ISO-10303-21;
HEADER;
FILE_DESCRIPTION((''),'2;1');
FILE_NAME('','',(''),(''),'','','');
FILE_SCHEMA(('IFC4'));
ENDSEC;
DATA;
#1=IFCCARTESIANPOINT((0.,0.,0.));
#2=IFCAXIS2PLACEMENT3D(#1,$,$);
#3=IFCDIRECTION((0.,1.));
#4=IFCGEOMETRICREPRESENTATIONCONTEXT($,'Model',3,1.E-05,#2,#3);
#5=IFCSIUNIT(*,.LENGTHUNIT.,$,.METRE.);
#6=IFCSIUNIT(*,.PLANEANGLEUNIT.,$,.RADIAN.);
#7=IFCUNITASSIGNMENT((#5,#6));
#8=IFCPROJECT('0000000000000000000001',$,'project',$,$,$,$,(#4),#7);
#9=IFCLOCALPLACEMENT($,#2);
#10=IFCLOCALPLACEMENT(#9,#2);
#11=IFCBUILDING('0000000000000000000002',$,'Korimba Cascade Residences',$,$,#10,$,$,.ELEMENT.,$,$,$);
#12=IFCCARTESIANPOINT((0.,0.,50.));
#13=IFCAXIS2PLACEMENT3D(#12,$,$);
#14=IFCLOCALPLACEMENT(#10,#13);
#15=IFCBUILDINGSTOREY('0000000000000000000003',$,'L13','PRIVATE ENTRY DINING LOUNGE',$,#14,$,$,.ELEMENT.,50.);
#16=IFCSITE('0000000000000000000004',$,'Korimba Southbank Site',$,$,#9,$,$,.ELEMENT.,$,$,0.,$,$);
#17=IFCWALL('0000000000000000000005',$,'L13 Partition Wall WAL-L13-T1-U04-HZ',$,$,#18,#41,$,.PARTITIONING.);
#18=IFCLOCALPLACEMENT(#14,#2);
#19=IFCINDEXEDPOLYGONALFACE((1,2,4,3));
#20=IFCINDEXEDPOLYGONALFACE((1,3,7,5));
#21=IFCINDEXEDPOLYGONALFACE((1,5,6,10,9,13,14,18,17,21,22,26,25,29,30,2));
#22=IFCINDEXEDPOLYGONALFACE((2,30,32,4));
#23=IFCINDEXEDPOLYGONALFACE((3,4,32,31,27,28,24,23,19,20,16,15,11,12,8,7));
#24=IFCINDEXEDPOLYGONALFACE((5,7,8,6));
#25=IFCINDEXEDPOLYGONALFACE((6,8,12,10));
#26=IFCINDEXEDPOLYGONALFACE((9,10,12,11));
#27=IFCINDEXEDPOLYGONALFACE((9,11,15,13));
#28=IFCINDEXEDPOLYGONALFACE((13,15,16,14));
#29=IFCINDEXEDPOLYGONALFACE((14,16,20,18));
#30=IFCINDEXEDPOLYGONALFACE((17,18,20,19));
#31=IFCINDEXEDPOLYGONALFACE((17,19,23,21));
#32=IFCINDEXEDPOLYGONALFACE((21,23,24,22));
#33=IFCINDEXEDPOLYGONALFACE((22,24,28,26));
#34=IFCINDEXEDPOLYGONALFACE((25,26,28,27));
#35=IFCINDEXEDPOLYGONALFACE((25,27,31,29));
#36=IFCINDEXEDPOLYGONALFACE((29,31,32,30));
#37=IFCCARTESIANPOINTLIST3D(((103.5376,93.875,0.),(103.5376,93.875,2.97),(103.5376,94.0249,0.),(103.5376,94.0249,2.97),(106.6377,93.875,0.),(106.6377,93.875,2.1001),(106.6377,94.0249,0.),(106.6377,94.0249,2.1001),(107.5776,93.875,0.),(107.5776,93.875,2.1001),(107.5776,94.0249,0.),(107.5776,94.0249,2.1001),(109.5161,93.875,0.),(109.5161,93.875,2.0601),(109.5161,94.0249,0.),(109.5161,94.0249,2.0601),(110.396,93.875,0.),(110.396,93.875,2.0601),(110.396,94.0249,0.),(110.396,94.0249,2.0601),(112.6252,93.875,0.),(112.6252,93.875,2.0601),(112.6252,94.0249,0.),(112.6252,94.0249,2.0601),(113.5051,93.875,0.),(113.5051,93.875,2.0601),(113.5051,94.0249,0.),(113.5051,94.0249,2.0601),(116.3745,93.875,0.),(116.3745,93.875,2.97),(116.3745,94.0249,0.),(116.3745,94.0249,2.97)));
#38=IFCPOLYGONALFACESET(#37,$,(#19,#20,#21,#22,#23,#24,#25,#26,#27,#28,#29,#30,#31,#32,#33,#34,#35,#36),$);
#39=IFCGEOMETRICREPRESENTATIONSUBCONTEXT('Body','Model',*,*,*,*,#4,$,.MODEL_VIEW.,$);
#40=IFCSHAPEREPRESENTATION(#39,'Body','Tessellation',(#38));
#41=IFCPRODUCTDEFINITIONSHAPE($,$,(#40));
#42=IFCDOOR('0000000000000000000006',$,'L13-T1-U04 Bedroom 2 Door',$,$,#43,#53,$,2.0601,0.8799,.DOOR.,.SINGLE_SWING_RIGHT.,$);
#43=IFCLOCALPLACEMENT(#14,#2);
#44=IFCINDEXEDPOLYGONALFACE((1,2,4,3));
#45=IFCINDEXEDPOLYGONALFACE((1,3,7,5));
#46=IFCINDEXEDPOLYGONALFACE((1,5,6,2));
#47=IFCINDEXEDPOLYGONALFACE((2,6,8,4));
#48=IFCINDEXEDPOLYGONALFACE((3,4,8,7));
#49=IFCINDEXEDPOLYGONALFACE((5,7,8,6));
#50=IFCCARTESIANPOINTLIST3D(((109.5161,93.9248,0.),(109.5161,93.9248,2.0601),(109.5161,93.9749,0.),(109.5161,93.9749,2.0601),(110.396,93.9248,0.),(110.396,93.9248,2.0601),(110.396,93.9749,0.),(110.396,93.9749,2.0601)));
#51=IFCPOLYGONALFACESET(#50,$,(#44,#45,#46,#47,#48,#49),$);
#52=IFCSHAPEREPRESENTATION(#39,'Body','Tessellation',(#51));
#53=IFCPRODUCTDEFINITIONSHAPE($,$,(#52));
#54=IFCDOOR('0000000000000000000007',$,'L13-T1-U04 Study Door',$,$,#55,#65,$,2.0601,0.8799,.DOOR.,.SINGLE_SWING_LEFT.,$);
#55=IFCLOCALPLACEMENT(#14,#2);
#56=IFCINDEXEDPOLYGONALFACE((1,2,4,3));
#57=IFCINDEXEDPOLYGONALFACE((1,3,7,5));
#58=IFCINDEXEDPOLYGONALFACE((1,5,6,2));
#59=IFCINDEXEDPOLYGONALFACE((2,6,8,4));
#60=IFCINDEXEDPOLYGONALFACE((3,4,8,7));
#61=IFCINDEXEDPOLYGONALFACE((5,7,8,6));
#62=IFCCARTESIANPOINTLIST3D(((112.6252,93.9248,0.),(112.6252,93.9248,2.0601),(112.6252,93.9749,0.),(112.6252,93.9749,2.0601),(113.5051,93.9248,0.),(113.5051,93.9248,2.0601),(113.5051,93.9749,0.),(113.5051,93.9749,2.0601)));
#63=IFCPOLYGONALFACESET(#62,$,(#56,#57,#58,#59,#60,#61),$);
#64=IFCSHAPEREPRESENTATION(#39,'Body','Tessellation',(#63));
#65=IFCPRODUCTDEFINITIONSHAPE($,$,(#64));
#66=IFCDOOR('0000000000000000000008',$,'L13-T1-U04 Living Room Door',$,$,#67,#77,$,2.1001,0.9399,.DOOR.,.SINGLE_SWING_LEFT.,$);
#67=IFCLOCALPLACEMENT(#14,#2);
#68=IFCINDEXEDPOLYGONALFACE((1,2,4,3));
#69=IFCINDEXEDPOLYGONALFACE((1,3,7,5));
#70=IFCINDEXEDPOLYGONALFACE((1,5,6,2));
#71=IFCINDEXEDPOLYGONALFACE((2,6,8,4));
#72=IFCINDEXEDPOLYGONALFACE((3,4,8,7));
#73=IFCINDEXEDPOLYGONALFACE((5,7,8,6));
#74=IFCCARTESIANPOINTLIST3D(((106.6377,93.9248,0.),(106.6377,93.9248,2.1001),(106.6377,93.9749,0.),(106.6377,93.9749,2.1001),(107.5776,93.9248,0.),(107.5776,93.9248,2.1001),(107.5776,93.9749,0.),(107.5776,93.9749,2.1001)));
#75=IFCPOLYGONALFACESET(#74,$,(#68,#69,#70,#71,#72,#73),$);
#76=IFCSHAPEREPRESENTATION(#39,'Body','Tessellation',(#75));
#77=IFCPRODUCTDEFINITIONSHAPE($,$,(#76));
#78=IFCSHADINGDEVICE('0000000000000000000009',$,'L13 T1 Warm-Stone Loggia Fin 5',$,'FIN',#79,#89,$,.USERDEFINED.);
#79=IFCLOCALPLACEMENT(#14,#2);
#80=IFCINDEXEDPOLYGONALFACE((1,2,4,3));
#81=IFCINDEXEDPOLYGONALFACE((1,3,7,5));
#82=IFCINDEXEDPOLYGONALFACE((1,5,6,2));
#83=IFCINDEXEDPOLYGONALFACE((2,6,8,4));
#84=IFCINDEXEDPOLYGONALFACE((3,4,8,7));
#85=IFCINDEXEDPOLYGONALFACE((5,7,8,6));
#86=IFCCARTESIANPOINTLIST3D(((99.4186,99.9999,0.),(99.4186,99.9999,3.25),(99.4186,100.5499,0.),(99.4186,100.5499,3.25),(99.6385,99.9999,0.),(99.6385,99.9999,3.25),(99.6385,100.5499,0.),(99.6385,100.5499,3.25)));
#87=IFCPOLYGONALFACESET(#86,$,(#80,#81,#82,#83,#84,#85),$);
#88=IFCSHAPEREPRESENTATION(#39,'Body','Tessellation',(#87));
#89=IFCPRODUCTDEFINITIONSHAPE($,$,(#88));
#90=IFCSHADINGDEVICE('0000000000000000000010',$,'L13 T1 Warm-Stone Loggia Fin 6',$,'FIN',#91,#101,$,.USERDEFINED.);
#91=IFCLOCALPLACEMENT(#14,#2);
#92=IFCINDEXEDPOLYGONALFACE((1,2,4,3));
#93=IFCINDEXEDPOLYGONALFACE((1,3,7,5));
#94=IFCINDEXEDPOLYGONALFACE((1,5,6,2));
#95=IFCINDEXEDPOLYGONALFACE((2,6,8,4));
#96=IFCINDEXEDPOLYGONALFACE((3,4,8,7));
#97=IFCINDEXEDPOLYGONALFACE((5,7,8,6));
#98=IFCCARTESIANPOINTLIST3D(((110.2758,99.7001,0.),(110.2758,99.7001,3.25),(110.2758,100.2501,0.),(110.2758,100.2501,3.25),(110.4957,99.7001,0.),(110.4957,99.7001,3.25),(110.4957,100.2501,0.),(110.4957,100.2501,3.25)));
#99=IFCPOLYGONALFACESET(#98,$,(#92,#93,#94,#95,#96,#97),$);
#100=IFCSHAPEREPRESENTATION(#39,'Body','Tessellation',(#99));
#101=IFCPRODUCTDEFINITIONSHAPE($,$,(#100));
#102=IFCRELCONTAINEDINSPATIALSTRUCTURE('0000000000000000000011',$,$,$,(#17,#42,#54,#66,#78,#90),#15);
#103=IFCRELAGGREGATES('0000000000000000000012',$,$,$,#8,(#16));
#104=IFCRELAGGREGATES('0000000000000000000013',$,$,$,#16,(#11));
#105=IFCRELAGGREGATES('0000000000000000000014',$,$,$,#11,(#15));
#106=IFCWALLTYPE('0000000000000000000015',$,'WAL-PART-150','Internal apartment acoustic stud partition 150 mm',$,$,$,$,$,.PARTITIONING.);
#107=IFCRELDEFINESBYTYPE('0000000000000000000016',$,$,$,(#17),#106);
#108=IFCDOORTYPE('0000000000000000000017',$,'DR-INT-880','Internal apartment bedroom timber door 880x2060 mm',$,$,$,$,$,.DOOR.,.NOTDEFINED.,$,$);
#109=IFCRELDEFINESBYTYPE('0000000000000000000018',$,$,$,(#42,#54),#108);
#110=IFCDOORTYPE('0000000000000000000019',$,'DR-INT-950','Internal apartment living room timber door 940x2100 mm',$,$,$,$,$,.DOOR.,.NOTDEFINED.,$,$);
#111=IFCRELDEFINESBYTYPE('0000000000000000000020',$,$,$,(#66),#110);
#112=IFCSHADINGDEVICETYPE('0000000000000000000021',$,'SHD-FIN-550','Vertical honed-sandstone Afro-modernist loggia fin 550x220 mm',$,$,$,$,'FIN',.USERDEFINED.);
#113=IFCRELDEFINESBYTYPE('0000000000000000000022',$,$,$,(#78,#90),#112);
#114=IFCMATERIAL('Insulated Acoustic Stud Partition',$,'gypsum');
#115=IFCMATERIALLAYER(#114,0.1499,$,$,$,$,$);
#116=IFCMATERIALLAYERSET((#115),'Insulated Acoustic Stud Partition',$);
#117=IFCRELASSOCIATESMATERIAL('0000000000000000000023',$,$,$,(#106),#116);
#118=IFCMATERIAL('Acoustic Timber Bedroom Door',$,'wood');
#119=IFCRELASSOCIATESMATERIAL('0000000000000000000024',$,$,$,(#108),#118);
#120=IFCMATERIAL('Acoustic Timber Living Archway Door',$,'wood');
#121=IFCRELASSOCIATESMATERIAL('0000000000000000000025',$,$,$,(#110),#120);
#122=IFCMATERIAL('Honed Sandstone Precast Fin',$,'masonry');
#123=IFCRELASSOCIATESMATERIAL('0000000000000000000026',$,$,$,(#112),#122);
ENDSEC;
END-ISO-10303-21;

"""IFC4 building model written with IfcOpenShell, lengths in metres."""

from ifc_helpers import new_model, si_unit, direction, frame, frame_2d, origin, origin_2d, place, context, subcontext, project, spatial, rectangle, extrude, material, layer, layer_set, type_object, element, fill, save


model = new_model("IFC4")

# Units and contexts
model_context = context("Model", 3, precision=1e-05, world=origin(), true_north=direction((0.0, 1.0)))
body_context = subcontext(model_context, "Body", "Model", "MODEL_VIEW")
ifc_project = project(units=[si_unit("LENGTHUNIT", "METRE"), si_unit("PLANEANGLEUNIT", "RADIAN")], contexts=[model_context])

# Site, building, storey
site_placement = place(None, origin())
site = spatial("IfcSite", under=ifc_project, at=site_placement, Name="Korimba Southbank Site", CompositionType="ELEMENT", RefElevation=0.0)
building_placement = place(site_placement, origin())
building = spatial("IfcBuilding", under=site, at=building_placement, Name="Korimba Cascade Residences", CompositionType="ELEMENT")
storey_placement = place(building_placement, frame((0.0, 0.0, 50.0)))
storey = spatial("IfcBuildingStorey", under=building, at=storey_placement, Name="L13", Description="PRIVATE ENTRY DINING LOUNGE", CompositionType="ELEMENT", Elevation=50.0)

# Shared definitions
ifc_material_1 = material(Name="Insulated Acoustic Stud Partition", Category="gypsum")
ifc_layer = layer(ifc_material_1, 0.1499)
ifc_layer_set = layer_set([ifc_layer], Name="Insulated Acoustic Stud Partition")
wall_type = type_object("IfcWallType", Name="WAL-PART-150", Description="Internal apartment acoustic stud partition 150 mm", PredefinedType="PARTITIONING", material=ifc_layer_set)

# Wall, openings, doors
wall_1_placement = place(storey_placement, frame((103.5376, 93.95, 0.0), z_axis=(0.0, 0.0, 1.0), x_axis=(1.0, 0.0, 0.0)))
wall_1 = element("IfcWall", 1, at=wall_1_placement, inside=storey, type_object=wall_type, Name="L13 Partition Wall WAL-L13-T1-U04-HZ", PredefinedType="PARTITIONING", context=body_context, shape_type="SweptSolid", body=[
    extrude(rectangle(XDim=12.8369, YDim=0.1499, at=frame_2d((6.4185, 0.0))), origin(), (0.0, 0.0, 1.0), 2.97),
])
opening_1_placement = place(wall_1_placement, frame((3.1001, 0.0, 0.0)))
opening_1 = element("IfcOpeningElement", 2, at=opening_1_placement, cuts=wall_1, PredefinedType="OPENING", context=body_context, shape_type="SweptSolid", body=[
    extrude(rectangle(XDim=0.9399, YDim=2.1001, at=frame_2d((0.47, 1.05))), frame((0.0, 0.085, 0.0), z_axis=(0.0, -1.0, 0.0), x_axis=(1.0, 0.0, 0.0)), (0.0, 0.0, 1.0), 0.1699),
])
opening_2_placement = place(wall_1_placement, frame((5.9785, 0.0, 0.0)))
opening_2 = element("IfcOpeningElement", 3, at=opening_2_placement, cuts=wall_1, PredefinedType="OPENING", context=body_context, shape_type="SweptSolid", body=[
    extrude(rectangle(XDim=0.8799, YDim=2.0601, at=frame_2d((0.4399, 1.03))), frame((0.0, 0.085, 0.0), z_axis=(0.0, -1.0, 0.0), x_axis=(1.0, 0.0, 0.0)), (0.0, 0.0, 1.0), 0.1699),
])
opening_3_placement = place(wall_1_placement, frame((9.0876, 0.0, 0.0)))
opening_3 = element("IfcOpeningElement", 4, at=opening_3_placement, cuts=wall_1, PredefinedType="OPENING", context=body_context, shape_type="SweptSolid", body=[
    extrude(rectangle(XDim=0.8799, YDim=2.0601, at=frame_2d((0.4399, 1.03))), frame((0.0, 0.085, 0.0), z_axis=(0.0, -1.0, 0.0), x_axis=(1.0, 0.0, 0.0)), (0.0, 0.0, 1.0), 0.1699),
])
ifc_material_2 = material(Name="Acoustic Timber Bedroom Door", Category="wood")
door_type_1 = type_object("IfcDoorType", Name="DR-INT-880", Description="Internal apartment bedroom timber door 880x2060 mm", OperationType="NOTDEFINED", PredefinedType="DOOR", material=ifc_material_2)
door_1_placement = place(opening_2_placement, origin())
door_1 = element("IfcDoor", 5, at=door_1_placement, inside=storey, type_object=door_type_1, Name="L13-T1-U04 Bedroom 2 Door", OperationType="SINGLE_SWING_RIGHT", OverallHeight=2.0601, OverallWidth=0.8799, PredefinedType="DOOR", context=body_context, shape_type="SweptSolid", body=[
    extrude(rectangle(XDim=0.8799, YDim=2.0601, at=frame_2d((0.4399, 1.03))), frame((0.0, 0.0249, 0.0), z_axis=(0.0, -1.0, 0.0), x_axis=(1.0, 0.0, 0.0)), (0.0, 0.0, 1.0), 0.05),
])
fill(opening_2, door_1)
door_2_placement = place(opening_3_placement, origin())
door_2 = element("IfcDoor", 6, at=door_2_placement, inside=storey, type_object=door_type_1, Name="L13-T1-U04 Study Door", OperationType="SINGLE_SWING_LEFT", OverallHeight=2.0601, OverallWidth=0.8799, PredefinedType="DOOR", context=body_context, shape_type="SweptSolid", body=[
    extrude(rectangle(XDim=0.8799, YDim=2.0601, at=frame_2d((0.4399, 1.03))), frame((0.0, 0.0249, 0.0), z_axis=(0.0, -1.0, 0.0), x_axis=(1.0, 0.0, 0.0)), (0.0, 0.0, 1.0), 0.05),
])
fill(opening_3, door_2)
ifc_material_3 = material(Name="Acoustic Timber Living Archway Door", Category="wood")
door_type_2 = type_object("IfcDoorType", Name="DR-INT-950", Description="Internal apartment living room timber door 940x2100 mm", OperationType="NOTDEFINED", PredefinedType="DOOR", material=ifc_material_3)
door_3_placement = place(opening_1_placement, origin())
door_3 = element("IfcDoor", 7, at=door_3_placement, inside=storey, type_object=door_type_2, Name="L13-T1-U04 Living Room Door", OperationType="SINGLE_SWING_LEFT", OverallHeight=2.1001, OverallWidth=0.9399, PredefinedType="DOOR", context=body_context, shape_type="SweptSolid", body=[
    extrude(rectangle(XDim=0.9399, YDim=2.1001, at=frame_2d((0.47, 1.05))), frame((0.0, 0.0249, 0.0), z_axis=(0.0, -1.0, 0.0), x_axis=(1.0, 0.0, 0.0)), (0.0, 0.0, 1.0), 0.05),
])
fill(opening_1, door_3)

# Shading devices
ifc_material_4 = material(Name="Honed Sandstone Precast Fin", Category="masonry")
shading_device_type = type_object("IfcShadingDeviceType", Name="SHD-FIN-550", Description="Vertical honed-sandstone Afro-modernist loggia fin 550x220 mm", ElementType="FIN", PredefinedType="USERDEFINED", material=ifc_material_4)
for number, where, z_axis, x_axis, name in (
    (8, (99.5286, 100.2749, 0.0), (0.0, 0.0, 1.0), (1.0, 0.0, 0.0), "L13 T1 Warm-Stone Loggia Fin 5"),
    (9, (110.3857, 99.9751, 0.0), (0.0, 0.0, 1.0), (1.0, 0.0, 0.0), "L13 T1 Warm-Stone Loggia Fin 6"),
):
    element("IfcShadingDevice", number, at=place(storey_placement, frame(where, z_axis=z_axis, x_axis=x_axis)), inside=storey, type_object=shading_device_type, Name=name, ObjectType="FIN", PredefinedType="USERDEFINED", context=body_context, shape_type="SweptSolid", body=[
        extrude(rectangle(XDim=0.22, YDim=0.55, at=origin_2d()), origin(), (0.0, 0.0, 1.0), 3.25),
    ])

save(model, "model.ifc")
